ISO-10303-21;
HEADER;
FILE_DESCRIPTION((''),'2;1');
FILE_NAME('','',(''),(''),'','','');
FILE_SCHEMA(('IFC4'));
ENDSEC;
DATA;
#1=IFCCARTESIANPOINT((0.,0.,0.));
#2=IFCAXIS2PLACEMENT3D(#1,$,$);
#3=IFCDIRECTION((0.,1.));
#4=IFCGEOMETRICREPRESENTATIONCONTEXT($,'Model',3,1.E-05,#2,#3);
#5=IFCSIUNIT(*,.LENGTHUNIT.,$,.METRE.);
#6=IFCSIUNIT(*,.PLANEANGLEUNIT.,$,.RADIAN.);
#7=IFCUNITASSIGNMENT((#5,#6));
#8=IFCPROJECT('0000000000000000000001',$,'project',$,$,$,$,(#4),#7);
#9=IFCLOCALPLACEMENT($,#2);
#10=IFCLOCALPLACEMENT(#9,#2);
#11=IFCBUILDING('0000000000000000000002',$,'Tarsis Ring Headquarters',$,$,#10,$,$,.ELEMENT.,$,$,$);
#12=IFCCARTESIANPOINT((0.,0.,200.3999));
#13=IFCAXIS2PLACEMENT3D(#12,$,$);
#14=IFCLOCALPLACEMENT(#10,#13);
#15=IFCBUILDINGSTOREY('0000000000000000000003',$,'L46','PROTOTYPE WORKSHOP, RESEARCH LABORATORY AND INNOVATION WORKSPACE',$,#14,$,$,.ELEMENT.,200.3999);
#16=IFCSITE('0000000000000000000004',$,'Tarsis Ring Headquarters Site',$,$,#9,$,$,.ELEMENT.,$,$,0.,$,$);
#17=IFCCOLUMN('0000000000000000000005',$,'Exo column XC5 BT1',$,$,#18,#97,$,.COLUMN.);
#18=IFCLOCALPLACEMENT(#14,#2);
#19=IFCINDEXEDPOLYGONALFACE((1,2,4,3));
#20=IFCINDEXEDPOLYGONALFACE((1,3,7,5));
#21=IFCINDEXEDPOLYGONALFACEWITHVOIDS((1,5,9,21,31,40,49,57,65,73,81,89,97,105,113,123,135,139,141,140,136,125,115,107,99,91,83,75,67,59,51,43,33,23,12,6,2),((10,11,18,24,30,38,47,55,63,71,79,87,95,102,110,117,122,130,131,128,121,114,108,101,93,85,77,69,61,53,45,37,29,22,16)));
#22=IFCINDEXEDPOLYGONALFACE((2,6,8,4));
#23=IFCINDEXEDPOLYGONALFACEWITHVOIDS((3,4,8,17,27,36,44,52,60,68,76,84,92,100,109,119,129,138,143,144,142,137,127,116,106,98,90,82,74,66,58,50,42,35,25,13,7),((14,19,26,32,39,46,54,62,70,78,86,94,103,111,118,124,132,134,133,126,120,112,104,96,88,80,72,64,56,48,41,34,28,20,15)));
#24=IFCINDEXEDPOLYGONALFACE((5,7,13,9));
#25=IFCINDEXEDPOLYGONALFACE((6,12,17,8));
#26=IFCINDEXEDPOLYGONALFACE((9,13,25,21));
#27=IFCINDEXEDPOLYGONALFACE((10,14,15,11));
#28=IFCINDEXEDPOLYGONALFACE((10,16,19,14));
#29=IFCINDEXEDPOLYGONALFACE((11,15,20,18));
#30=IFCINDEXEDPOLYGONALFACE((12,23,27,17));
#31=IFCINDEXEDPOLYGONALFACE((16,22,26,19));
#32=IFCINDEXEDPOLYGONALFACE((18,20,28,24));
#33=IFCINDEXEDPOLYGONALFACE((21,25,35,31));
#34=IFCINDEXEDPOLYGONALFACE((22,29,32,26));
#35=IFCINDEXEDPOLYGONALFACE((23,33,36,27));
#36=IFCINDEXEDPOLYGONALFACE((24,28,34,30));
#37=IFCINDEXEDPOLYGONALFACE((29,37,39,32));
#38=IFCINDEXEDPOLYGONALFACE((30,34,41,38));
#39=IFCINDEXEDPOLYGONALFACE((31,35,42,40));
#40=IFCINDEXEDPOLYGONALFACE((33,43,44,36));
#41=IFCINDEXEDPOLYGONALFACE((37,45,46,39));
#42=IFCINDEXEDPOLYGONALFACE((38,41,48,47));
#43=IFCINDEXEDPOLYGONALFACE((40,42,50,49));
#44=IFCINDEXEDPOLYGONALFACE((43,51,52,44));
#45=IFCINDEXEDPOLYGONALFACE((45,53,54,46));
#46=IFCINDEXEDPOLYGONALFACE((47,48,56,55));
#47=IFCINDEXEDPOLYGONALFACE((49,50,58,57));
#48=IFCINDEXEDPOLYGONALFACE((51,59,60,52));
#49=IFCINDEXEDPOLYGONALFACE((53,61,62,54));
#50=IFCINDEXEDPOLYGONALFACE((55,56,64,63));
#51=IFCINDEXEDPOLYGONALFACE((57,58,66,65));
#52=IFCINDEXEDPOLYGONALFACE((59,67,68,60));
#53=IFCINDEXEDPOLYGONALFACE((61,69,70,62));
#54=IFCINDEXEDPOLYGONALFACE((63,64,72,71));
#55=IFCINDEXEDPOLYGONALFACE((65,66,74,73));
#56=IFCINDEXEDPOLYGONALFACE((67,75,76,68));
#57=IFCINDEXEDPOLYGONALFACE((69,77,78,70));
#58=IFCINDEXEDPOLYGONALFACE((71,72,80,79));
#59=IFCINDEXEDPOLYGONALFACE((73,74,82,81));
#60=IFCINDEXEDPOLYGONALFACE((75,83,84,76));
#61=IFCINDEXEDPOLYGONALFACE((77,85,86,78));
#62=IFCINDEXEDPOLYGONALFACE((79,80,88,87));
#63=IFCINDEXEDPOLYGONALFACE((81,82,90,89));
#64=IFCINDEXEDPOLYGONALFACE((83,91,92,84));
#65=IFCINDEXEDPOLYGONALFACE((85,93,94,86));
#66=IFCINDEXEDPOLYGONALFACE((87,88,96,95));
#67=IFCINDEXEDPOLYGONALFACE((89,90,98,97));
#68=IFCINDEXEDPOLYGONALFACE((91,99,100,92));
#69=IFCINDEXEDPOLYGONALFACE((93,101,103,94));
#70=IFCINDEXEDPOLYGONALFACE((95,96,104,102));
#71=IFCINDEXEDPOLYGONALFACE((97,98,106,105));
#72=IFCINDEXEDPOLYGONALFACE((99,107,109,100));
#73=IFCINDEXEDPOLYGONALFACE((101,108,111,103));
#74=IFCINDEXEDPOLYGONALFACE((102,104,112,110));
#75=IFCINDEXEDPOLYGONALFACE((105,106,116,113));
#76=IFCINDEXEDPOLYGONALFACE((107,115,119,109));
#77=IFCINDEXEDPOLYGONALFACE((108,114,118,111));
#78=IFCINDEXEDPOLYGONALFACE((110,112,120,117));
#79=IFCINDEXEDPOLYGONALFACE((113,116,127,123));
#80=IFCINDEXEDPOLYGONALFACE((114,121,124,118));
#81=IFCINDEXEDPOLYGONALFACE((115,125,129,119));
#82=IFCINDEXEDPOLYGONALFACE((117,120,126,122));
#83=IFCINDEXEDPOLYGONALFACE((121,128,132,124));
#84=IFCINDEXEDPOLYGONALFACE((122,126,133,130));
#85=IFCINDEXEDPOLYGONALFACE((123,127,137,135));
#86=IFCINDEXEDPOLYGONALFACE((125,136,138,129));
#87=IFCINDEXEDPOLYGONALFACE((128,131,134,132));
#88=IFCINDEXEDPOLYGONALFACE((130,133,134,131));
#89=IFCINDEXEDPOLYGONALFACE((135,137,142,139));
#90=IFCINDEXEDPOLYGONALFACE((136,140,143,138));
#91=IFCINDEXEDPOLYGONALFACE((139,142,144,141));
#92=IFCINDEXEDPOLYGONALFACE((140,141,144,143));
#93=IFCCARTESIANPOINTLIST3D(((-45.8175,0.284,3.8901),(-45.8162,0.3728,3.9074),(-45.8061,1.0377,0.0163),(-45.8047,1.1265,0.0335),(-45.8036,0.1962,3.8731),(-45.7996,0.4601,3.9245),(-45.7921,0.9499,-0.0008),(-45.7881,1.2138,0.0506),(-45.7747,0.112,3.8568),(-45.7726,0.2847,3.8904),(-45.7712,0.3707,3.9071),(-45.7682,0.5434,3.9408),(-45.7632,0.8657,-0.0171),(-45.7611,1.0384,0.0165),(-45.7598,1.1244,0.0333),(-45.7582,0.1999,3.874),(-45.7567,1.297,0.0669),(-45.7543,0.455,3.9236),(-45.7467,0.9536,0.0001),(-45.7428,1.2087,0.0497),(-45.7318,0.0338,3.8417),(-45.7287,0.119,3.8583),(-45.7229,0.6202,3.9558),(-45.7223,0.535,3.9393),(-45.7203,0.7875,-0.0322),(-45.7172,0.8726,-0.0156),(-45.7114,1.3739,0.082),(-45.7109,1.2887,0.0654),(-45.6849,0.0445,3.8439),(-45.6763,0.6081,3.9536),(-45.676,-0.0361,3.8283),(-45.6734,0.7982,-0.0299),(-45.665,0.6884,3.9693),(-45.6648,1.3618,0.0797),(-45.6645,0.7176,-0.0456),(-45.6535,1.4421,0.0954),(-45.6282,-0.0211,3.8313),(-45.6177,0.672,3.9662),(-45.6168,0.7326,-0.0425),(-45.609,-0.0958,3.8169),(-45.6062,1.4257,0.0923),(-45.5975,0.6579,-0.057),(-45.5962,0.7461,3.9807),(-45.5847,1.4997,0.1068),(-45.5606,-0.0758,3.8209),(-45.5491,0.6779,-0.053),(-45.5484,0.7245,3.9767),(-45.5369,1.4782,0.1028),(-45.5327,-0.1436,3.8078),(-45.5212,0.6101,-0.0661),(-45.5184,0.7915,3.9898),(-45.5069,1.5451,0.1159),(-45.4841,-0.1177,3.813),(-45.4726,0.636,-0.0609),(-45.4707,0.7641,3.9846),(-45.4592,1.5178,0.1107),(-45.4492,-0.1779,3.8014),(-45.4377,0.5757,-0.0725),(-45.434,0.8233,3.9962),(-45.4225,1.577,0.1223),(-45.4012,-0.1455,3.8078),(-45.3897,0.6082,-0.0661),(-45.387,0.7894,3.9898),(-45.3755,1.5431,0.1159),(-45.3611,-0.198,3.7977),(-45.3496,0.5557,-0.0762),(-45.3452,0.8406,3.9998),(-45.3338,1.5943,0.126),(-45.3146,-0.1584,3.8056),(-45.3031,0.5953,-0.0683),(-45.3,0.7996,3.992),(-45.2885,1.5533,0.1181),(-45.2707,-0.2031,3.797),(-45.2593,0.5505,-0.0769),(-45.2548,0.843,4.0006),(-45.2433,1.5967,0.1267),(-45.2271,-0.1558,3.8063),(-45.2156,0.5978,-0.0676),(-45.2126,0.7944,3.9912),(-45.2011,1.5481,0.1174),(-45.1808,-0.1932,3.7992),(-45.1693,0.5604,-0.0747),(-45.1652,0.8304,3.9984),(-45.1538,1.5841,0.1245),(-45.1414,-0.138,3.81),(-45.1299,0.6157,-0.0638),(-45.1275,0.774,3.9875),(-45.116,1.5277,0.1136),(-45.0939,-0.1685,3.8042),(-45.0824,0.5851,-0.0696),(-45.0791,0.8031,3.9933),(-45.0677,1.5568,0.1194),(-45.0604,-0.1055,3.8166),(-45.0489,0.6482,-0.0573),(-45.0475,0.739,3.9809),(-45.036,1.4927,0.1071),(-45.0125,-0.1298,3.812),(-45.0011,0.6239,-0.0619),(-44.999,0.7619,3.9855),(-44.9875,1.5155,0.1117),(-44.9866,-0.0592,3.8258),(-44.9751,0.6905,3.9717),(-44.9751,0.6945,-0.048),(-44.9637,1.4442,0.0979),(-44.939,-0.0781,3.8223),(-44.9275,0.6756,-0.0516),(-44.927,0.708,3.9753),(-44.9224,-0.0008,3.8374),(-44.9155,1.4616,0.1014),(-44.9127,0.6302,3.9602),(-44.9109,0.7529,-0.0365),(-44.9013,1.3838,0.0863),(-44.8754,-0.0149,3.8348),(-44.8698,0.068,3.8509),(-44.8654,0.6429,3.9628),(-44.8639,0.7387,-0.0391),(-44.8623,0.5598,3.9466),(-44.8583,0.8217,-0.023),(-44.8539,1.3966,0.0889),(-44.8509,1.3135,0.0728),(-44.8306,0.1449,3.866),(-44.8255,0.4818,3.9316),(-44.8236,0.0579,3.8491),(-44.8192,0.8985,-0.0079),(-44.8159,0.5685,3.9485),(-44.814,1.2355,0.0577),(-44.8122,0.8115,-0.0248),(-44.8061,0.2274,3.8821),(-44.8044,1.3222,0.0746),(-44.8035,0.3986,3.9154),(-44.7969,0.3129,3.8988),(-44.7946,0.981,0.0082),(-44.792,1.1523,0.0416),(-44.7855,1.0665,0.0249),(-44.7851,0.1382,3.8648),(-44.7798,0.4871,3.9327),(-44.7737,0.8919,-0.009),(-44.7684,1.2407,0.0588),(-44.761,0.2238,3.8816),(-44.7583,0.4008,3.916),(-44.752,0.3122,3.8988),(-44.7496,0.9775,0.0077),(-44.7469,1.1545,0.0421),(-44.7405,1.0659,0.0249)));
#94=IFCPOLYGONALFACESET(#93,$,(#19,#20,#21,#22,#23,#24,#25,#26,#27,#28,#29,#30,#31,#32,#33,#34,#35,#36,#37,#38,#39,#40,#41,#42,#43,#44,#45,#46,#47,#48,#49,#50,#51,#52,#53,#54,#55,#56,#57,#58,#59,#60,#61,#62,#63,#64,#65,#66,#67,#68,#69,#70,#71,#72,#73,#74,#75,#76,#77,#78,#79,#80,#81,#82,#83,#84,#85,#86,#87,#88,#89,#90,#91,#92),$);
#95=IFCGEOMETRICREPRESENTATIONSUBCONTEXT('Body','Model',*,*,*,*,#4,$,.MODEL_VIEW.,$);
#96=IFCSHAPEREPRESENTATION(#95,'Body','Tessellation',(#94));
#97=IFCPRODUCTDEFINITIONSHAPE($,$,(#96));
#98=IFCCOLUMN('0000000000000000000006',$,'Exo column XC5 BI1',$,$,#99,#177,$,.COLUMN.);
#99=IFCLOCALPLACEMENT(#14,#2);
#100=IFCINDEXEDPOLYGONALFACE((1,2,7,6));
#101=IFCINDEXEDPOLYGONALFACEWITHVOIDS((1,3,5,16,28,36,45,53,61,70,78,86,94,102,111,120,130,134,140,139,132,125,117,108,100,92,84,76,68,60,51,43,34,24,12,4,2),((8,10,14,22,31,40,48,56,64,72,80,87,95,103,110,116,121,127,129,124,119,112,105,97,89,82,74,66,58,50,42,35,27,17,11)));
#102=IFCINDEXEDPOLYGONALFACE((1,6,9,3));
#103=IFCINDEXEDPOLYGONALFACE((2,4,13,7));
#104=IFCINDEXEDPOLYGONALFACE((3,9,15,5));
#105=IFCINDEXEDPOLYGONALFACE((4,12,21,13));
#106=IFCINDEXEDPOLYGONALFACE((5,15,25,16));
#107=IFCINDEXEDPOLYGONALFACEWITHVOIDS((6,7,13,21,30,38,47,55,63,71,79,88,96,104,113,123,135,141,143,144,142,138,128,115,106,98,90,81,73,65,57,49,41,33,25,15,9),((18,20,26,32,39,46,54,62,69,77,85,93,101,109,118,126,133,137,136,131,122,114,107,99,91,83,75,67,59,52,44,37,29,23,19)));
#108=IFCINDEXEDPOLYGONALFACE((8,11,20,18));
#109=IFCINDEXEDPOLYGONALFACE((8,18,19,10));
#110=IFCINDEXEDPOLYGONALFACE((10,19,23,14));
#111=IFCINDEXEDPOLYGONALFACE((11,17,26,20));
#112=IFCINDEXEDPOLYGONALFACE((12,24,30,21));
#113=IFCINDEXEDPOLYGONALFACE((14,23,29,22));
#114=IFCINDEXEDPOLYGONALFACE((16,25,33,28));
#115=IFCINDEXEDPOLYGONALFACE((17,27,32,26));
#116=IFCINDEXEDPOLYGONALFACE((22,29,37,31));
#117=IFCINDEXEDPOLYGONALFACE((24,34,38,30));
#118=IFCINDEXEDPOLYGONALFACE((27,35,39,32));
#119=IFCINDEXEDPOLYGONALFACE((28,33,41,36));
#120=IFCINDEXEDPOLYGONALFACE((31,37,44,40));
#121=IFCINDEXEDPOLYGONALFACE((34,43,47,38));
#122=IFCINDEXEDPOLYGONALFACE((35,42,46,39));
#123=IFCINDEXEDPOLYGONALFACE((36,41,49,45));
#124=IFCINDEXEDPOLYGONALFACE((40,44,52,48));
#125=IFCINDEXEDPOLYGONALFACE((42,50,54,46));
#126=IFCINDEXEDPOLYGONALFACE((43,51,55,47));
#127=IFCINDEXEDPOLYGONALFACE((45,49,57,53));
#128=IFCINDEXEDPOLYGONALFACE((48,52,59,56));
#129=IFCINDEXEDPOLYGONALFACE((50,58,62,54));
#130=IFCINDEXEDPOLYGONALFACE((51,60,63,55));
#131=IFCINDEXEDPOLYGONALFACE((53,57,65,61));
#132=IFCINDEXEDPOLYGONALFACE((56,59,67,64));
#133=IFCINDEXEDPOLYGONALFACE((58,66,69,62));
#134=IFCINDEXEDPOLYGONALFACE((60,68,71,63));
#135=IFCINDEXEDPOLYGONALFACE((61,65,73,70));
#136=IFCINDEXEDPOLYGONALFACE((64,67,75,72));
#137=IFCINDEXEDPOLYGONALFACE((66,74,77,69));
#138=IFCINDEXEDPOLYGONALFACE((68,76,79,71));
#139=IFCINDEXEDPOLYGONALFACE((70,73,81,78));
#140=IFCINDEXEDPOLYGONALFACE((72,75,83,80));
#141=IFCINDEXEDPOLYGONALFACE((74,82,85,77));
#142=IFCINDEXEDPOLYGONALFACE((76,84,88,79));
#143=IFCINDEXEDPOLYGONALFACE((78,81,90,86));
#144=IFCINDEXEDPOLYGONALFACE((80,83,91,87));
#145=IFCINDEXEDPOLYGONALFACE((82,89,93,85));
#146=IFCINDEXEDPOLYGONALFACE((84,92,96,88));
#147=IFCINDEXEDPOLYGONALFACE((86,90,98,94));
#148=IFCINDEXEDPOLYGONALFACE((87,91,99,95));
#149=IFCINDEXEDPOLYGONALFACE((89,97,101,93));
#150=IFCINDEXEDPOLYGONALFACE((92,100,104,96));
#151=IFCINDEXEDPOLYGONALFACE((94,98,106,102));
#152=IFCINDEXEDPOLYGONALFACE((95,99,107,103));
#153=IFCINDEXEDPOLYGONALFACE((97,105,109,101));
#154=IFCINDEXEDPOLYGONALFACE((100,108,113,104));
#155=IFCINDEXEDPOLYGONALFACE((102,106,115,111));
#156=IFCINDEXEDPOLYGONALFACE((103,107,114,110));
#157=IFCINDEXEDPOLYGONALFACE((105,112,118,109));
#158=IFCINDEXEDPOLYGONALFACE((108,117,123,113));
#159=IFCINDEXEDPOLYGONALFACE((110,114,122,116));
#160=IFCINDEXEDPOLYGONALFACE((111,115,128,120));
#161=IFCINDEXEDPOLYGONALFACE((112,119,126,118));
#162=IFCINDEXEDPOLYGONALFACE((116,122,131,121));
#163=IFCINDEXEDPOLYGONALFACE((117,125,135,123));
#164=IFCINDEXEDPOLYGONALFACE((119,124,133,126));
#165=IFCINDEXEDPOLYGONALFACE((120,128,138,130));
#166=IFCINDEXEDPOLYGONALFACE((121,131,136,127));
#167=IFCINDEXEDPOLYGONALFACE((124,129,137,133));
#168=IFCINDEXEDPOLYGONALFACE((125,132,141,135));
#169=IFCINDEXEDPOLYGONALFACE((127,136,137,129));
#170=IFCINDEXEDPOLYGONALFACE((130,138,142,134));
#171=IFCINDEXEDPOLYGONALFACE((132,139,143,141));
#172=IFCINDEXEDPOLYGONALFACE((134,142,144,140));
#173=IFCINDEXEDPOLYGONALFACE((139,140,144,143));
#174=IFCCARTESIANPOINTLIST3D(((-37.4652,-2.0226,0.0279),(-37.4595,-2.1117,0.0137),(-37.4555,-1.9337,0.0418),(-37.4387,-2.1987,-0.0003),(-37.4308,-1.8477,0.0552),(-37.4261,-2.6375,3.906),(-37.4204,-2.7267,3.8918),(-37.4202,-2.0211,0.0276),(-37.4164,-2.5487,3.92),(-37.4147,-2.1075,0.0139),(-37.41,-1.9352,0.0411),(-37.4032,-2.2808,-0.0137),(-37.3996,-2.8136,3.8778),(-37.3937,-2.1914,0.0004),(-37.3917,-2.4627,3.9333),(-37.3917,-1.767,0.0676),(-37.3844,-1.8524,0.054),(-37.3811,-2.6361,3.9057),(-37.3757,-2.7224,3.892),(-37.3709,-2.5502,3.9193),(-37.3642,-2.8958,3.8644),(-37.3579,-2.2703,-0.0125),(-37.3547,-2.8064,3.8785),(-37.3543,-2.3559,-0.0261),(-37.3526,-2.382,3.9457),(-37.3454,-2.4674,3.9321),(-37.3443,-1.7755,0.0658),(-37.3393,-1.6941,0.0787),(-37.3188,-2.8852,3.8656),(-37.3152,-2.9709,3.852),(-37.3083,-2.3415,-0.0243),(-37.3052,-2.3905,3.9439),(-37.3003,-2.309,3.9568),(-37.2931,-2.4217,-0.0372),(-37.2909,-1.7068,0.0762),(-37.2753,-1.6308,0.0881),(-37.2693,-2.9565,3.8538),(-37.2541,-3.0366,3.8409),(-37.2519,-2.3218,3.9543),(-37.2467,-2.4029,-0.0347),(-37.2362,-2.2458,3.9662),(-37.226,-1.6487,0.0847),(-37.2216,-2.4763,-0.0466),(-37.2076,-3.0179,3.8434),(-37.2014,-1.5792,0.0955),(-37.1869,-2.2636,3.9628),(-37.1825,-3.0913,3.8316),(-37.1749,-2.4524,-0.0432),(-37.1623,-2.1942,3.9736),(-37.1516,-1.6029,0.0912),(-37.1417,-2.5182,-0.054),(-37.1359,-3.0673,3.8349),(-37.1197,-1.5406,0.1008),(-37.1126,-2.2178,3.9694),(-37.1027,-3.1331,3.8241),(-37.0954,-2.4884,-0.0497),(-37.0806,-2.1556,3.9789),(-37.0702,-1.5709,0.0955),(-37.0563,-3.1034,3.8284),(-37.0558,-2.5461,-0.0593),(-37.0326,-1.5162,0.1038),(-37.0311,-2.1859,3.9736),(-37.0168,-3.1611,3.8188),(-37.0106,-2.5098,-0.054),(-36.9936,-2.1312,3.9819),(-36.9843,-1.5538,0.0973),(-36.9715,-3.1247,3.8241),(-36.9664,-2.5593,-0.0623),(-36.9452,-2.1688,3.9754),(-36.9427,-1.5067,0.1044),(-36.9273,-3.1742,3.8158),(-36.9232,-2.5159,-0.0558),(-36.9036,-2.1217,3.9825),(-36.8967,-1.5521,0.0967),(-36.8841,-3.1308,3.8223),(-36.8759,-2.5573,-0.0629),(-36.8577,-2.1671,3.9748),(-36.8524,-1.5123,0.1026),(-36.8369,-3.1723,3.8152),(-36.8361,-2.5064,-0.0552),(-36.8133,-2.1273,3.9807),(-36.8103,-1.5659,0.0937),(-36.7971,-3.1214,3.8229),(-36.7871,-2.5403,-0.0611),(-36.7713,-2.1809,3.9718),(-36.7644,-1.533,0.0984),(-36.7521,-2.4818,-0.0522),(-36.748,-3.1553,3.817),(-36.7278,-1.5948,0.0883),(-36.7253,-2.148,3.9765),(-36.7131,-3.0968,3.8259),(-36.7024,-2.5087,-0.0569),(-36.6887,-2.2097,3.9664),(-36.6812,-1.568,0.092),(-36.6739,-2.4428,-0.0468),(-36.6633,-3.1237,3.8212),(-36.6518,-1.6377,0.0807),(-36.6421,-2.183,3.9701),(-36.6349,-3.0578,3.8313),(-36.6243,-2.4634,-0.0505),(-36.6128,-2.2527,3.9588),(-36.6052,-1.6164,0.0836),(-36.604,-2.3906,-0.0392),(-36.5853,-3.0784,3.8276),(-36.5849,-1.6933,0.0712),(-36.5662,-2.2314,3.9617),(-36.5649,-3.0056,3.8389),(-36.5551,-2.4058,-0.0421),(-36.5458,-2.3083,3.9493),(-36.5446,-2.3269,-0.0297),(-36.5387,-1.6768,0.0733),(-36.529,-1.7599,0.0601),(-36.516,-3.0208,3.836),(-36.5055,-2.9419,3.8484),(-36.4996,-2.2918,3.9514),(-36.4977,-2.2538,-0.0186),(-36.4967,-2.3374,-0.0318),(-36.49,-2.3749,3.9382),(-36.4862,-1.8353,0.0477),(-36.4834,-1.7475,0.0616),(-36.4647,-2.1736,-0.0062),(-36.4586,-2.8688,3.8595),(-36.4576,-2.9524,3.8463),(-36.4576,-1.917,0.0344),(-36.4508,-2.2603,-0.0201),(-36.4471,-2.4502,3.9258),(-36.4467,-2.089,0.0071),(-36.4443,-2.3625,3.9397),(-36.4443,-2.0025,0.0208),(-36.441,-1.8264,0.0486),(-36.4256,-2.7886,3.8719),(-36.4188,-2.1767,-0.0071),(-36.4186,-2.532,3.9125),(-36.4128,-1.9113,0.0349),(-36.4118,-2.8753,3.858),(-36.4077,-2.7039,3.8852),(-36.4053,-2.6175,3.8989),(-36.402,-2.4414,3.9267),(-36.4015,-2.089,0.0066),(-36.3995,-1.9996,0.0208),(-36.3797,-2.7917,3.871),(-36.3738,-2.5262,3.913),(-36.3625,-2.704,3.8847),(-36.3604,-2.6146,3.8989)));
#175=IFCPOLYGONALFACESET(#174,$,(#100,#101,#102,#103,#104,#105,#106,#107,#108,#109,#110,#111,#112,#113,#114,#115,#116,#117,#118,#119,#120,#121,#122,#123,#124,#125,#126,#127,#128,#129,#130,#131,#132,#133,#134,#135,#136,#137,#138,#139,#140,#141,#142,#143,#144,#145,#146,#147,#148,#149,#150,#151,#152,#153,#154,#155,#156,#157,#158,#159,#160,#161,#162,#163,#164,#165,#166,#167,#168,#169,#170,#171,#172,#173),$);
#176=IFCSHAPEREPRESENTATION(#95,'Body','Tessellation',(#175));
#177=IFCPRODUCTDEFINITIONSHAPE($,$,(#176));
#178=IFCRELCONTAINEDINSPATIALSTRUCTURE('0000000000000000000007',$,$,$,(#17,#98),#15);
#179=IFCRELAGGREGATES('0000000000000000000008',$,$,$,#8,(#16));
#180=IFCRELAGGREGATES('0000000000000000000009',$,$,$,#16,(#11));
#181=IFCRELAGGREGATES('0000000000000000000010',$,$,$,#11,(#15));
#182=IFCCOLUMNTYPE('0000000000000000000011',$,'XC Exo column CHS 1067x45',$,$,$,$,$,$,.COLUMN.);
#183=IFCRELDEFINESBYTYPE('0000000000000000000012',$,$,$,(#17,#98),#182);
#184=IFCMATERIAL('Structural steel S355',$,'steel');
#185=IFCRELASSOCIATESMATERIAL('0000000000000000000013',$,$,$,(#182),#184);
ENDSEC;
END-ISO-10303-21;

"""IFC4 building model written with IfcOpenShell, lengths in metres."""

from ifc_helpers import new_model, si_unit, direction, frame, origin, origin_2d, place, context, subcontext, project, spatial, hollow_circle, extrude, material, material_profile, profile_set, type_object, element, save


model = new_model("IFC4")

# Units and contexts
model_context = context("Model", 3, precision=1e-05, world=origin(), true_north=direction((0.0, 1.0)))
body_context = subcontext(model_context, "Body", "Model", "MODEL_VIEW")
ifc_project = project(units=[si_unit("LENGTHUNIT", "METRE"), si_unit("PLANEANGLEUNIT", "RADIAN")], contexts=[model_context])

# Site, building, storey
site_placement = place(None, origin())
site = spatial("IfcSite", under=ifc_project, at=site_placement, Name="Tarsis Ring Headquarters Site", CompositionType="ELEMENT", RefElevation=0.0)
building_placement = place(site_placement, origin())
building = spatial("IfcBuilding", under=site, at=building_placement, Name="Tarsis Ring Headquarters", CompositionType="ELEMENT")
storey_placement = place(building_placement, frame((0.0, 0.0, 200.3999)))
storey = spatial("IfcBuildingStorey", under=building, at=storey_placement, Name="L46", Description="PROTOTYPE WORKSHOP, RESEARCH LABORATORY AND INNOVATION WORKSPACE", CompositionType="ELEMENT", Elevation=200.3999)

# Columns
ifc_material_1 = material(Name="Structural steel S355", Category="steel")
ifc_material_profile_1 = material_profile(ifc_material_1, hollow_circle(Radius=0.5334, WallThickness=0.0449, at=origin_2d()), Name="CHS 1067x45")
ifc_profile_set_1 = profile_set([ifc_material_profile_1], Name="Structural steel S355")
column_type = type_object("IfcColumnType", Name="XC Exo column CHS 1067x45", PredefinedType="COLUMN", material=ifc_profile_set_1)
column_1_placement = place(storey_placement, frame((-45.2739, 1.074, 0.0249), z_axis=(-0.002908, -0.190973, 0.981591), x_axis=(0.999884, -0.015223, 0.0)))
element("IfcColumn", 1, at=column_1_placement, inside=storey, type_object=column_type, Name="Exo column XC5 BT1", PredefinedType="COLUMN", context=body_context, shape_type="SweptSolid", body=[
    extrude(hollow_circle(Radius=0.5334, WallThickness=0.0449, at=origin_2d()), origin(), (0.0, 0.0, 1.0), 3.9465),
])
column_2_placement = place(storey_placement, frame((-36.9319, -2.0334, 0.0208), z_axis=(0.009948, -0.156613, 0.98761), x_axis=(0.997989, 0.06339, 0.0)))
element("IfcColumn", 2, at=column_2_placement, inside=storey, type_object=column_type, Name="Exo column XC5 BI1", PredefinedType="COLUMN", context=body_context, shape_type="SweptSolid", body=[
    extrude(hollow_circle(Radius=0.5334, WallThickness=0.0449, at=origin_2d()), origin(), (0.0, 0.0, 1.0), 3.9268),
])

save(model, "model.ifc")
